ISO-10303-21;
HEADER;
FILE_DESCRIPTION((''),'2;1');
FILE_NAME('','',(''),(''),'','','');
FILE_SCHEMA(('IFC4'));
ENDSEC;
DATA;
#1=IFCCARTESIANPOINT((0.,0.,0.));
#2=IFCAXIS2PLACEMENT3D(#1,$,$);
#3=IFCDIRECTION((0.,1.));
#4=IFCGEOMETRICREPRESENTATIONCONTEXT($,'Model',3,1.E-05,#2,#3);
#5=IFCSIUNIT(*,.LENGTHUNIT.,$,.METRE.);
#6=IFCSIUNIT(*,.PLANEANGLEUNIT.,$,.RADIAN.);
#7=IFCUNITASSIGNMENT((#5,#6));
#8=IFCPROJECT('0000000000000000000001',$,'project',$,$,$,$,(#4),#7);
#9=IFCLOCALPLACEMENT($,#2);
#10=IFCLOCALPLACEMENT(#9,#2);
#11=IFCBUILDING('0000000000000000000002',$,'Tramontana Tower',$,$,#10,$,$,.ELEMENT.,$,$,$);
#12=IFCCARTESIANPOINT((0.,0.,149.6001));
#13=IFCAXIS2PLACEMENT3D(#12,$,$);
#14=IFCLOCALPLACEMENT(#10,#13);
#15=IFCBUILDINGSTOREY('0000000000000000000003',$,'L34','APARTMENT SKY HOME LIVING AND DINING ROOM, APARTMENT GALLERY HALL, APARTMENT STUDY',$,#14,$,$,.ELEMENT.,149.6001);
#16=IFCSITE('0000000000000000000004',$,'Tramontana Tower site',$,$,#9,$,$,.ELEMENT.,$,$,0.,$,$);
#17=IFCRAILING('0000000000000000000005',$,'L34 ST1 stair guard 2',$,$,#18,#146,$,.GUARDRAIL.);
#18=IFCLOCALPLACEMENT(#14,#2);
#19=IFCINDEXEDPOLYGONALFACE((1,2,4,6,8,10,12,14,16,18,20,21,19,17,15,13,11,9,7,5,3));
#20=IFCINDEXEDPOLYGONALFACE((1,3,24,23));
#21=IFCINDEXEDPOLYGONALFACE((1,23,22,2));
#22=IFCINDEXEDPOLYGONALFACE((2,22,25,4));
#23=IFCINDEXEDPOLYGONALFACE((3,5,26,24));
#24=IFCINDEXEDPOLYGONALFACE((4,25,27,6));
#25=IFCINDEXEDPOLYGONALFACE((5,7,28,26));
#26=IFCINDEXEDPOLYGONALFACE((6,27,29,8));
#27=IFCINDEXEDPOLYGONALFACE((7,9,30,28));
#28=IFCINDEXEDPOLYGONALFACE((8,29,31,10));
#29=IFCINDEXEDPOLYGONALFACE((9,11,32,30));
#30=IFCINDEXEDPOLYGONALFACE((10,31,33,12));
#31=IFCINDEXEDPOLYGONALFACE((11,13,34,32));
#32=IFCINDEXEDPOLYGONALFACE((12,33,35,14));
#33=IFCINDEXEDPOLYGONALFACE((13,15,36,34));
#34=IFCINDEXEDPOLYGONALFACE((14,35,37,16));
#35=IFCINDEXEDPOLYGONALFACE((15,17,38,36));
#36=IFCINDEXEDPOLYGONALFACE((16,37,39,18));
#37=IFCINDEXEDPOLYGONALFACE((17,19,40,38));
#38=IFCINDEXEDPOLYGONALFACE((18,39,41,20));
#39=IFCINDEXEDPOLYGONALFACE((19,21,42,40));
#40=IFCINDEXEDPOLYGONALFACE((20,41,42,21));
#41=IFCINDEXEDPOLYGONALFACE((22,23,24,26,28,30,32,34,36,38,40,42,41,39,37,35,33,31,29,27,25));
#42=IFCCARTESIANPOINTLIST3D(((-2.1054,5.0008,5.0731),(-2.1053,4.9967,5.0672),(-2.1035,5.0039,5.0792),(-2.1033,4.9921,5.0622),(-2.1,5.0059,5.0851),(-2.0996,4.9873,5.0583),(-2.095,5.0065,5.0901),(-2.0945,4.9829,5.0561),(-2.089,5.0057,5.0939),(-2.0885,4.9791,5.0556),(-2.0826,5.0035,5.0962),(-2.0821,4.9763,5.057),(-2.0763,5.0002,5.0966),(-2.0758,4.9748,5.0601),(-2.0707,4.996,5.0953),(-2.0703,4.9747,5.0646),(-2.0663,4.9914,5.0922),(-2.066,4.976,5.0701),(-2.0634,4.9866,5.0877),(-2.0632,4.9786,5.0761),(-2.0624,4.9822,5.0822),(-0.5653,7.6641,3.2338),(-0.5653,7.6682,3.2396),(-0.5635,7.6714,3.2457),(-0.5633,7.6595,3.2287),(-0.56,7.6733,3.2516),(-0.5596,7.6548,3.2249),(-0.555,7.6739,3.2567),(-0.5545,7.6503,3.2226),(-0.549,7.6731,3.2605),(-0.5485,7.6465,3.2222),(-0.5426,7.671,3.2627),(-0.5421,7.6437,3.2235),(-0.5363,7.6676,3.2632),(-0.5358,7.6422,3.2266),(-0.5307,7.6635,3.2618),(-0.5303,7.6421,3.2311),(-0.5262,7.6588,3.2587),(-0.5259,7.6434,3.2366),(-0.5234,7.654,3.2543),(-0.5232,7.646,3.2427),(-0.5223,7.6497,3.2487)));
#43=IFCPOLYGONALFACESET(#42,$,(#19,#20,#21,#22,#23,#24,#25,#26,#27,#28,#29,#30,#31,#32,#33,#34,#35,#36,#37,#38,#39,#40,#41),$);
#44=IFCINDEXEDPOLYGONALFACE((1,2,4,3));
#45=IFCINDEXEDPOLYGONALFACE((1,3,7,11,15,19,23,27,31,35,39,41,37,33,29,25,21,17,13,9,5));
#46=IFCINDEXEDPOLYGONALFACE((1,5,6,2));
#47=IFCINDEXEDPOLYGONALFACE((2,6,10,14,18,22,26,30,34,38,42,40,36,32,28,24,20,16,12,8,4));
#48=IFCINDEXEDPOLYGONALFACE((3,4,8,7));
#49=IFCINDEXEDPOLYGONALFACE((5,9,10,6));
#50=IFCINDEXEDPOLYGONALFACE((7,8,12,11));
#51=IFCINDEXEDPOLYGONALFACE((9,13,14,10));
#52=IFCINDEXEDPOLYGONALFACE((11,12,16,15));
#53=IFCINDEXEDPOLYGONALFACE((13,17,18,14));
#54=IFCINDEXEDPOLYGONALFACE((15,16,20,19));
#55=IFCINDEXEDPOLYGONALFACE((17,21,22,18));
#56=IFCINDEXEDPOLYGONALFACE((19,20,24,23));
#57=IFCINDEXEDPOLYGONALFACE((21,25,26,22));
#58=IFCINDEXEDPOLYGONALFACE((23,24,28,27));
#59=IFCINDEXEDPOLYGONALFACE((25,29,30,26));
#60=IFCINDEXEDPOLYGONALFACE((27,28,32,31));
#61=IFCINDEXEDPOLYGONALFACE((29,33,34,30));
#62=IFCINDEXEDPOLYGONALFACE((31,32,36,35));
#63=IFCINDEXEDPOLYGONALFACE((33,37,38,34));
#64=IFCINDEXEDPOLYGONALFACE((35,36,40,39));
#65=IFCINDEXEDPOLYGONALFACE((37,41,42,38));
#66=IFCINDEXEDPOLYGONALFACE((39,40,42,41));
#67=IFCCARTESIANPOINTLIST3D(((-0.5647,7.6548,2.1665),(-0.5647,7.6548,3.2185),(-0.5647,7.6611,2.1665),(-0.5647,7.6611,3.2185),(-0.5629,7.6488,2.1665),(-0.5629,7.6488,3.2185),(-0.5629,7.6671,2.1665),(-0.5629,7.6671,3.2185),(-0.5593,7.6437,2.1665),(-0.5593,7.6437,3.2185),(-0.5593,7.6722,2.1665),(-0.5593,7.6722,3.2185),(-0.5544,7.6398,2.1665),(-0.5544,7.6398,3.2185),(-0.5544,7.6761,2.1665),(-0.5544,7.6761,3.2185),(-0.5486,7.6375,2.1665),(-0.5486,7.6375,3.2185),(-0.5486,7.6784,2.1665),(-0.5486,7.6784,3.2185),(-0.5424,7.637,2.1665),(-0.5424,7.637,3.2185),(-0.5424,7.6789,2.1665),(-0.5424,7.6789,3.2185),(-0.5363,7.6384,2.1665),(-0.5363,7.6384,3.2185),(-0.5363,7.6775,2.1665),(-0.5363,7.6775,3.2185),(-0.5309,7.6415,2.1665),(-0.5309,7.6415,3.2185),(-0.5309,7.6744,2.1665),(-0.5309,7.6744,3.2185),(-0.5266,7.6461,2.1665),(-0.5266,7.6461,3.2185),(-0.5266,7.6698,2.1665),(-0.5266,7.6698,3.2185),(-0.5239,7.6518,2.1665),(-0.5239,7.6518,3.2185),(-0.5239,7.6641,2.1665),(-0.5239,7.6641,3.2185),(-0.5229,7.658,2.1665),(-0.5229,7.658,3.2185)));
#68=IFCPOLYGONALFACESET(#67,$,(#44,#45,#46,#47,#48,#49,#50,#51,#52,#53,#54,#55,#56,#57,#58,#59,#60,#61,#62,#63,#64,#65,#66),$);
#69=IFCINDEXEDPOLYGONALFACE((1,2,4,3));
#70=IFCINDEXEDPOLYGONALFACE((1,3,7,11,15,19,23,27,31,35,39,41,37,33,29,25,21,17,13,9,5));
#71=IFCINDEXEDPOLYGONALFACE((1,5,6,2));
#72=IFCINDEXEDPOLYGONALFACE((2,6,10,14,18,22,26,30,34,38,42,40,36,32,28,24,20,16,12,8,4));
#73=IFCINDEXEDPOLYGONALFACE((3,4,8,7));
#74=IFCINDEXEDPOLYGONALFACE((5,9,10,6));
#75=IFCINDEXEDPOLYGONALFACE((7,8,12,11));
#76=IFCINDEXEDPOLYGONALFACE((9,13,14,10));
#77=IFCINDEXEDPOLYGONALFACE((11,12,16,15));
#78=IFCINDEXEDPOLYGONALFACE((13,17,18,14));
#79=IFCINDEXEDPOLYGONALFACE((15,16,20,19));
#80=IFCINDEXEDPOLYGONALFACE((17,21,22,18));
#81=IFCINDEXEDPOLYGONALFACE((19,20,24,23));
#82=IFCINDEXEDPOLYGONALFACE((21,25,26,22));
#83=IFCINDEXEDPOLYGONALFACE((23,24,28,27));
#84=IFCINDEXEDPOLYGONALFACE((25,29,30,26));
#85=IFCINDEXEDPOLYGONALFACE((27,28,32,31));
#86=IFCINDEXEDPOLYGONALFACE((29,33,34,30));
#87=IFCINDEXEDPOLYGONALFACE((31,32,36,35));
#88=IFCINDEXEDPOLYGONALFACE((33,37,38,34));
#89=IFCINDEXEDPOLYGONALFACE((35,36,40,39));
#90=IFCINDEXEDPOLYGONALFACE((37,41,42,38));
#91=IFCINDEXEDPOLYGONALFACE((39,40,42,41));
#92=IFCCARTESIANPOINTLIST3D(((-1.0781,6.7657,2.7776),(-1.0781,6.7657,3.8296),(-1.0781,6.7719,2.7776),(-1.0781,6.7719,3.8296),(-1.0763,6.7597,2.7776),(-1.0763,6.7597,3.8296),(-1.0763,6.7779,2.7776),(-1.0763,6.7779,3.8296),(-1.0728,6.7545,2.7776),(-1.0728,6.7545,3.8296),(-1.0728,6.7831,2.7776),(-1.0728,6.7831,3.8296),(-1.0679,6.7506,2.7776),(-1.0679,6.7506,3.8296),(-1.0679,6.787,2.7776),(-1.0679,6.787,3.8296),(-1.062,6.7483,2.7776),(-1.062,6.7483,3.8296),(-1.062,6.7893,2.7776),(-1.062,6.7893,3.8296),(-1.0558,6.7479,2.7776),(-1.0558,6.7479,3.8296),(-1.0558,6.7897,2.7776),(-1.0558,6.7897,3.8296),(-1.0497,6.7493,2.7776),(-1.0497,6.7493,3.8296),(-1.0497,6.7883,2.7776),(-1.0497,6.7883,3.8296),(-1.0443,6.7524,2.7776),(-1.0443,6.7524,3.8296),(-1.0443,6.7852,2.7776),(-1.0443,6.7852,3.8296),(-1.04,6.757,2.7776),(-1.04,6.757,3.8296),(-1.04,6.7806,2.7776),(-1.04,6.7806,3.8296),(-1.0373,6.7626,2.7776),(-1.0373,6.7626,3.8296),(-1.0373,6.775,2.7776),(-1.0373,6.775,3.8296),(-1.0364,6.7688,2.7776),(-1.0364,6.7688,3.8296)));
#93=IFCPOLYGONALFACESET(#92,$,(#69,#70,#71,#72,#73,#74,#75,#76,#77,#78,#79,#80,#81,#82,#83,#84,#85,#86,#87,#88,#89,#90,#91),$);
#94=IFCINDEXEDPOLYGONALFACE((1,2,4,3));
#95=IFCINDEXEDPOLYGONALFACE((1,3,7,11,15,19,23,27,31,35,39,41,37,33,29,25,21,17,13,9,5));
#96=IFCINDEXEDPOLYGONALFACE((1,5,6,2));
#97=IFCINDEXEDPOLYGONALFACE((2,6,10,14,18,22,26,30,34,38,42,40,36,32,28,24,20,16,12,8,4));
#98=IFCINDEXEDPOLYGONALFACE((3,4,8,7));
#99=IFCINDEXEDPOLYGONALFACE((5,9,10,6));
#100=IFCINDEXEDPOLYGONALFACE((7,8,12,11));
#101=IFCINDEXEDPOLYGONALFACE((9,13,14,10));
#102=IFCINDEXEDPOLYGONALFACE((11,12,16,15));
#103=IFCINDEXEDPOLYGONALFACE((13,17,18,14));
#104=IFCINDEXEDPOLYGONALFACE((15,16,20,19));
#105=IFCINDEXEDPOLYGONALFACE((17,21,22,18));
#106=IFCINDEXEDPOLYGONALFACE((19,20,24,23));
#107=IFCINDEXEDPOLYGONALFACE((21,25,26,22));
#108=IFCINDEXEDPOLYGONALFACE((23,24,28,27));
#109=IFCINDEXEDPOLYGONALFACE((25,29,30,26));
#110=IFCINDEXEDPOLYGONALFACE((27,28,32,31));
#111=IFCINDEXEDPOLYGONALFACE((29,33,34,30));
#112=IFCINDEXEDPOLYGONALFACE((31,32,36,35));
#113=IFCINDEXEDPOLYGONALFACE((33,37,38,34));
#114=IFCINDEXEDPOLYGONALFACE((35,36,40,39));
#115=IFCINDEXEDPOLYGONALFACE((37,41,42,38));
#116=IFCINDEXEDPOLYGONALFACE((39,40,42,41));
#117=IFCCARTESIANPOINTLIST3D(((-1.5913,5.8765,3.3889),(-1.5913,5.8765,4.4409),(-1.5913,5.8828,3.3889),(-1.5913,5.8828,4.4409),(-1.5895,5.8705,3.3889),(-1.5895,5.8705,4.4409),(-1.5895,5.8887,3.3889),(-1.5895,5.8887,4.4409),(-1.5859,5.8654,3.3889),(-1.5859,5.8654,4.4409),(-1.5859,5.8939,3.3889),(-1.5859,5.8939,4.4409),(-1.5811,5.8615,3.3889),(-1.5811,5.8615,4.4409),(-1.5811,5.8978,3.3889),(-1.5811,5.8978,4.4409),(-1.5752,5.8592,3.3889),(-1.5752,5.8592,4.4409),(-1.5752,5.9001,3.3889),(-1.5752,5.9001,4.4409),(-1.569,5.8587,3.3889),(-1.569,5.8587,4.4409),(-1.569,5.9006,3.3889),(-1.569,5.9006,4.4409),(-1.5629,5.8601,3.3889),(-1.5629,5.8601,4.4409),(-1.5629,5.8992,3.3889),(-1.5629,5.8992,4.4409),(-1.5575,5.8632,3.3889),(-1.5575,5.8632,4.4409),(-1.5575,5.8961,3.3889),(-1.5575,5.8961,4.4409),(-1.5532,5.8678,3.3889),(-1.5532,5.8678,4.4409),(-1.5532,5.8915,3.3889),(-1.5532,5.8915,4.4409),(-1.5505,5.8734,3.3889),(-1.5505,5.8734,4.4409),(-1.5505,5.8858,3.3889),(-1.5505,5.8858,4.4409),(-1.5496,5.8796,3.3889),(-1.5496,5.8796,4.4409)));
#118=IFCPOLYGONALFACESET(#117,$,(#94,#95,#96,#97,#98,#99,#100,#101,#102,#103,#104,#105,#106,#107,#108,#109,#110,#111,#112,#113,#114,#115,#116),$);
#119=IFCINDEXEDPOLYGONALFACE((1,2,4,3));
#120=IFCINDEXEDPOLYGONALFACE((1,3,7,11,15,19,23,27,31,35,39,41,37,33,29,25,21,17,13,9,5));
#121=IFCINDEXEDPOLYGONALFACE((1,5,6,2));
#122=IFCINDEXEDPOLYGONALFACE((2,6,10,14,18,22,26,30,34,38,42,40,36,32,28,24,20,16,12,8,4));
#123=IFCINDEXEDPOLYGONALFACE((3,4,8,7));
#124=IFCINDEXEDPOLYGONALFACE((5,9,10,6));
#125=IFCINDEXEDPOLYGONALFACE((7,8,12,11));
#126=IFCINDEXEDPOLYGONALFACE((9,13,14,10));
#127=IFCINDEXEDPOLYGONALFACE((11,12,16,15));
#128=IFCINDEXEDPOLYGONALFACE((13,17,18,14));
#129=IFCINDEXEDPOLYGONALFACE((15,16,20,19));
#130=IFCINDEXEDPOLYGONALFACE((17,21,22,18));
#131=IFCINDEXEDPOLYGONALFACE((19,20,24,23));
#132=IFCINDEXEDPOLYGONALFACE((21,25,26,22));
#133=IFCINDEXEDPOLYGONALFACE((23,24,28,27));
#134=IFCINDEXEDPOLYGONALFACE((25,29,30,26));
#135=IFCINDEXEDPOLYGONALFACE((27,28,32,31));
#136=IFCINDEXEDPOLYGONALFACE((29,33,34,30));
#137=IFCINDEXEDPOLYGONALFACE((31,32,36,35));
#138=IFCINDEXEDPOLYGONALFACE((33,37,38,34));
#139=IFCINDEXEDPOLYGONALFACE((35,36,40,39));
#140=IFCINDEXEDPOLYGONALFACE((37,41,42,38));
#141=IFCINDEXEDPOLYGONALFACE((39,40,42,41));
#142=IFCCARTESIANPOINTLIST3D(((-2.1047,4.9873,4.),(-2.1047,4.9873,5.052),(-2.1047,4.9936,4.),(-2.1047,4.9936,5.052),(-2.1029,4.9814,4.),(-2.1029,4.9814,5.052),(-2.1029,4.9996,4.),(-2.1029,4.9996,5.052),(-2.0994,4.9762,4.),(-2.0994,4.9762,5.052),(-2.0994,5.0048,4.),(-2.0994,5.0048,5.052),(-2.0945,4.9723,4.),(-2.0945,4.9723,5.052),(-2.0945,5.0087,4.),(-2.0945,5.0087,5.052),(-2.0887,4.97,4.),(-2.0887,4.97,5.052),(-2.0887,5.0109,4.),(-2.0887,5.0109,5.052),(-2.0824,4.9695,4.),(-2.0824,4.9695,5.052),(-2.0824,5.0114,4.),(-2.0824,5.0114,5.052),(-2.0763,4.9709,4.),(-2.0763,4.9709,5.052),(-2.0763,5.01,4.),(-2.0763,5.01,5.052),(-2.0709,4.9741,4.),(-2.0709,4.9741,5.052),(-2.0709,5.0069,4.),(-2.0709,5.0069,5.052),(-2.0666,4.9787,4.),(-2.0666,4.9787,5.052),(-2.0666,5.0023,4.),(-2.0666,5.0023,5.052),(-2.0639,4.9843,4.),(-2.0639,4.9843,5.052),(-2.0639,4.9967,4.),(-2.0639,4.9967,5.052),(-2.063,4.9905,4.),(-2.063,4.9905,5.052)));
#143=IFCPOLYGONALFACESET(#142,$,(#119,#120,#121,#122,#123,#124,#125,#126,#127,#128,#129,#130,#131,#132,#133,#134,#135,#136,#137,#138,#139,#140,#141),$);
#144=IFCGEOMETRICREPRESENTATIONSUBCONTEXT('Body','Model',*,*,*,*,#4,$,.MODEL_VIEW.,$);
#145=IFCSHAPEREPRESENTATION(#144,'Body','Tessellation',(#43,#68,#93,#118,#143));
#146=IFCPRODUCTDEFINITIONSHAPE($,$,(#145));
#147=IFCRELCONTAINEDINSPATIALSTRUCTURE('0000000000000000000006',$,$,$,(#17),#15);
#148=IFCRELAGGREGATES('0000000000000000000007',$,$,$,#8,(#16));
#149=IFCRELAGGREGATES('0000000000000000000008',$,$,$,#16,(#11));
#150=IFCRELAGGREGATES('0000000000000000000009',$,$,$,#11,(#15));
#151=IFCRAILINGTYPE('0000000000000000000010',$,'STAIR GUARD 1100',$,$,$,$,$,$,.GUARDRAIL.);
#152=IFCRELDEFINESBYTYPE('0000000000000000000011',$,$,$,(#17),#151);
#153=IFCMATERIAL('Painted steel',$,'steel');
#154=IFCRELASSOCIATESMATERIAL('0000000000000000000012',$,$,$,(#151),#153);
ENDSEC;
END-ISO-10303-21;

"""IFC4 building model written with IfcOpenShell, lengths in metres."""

from ifc_helpers import new_model, si_unit, direction, frame, origin, origin_2d, place, context, subcontext, project, spatial, circle, extrude, material, type_object, element, save


model = new_model("IFC4")

# Units and contexts
model_context = context("Model", 3, precision=1e-05, world=origin(), true_north=direction((0.0, 1.0)))
body_context = subcontext(model_context, "Body", "Model", "MODEL_VIEW")
ifc_project = project(units=[si_unit("LENGTHUNIT", "METRE"), si_unit("PLANEANGLEUNIT", "RADIAN")], contexts=[model_context])

# Site, building, storey
site_placement = place(None, origin())
site = spatial("IfcSite", under=ifc_project, at=site_placement, Name="Tramontana Tower site", CompositionType="ELEMENT", RefElevation=0.0)
building_placement = place(site_placement, origin())
building = spatial("IfcBuilding", under=site, at=building_placement, Name="Tramontana Tower", CompositionType="ELEMENT")
storey_placement = place(building_placement, frame((0.0, 0.0, 149.6001)))
storey = spatial("IfcBuildingStorey", under=building, at=storey_placement, Name="L34", Description="APARTMENT SKY HOME LIVING AND DINING ROOM, APARTMENT GALLERY HALL, APARTMENT STUDY", CompositionType="ELEMENT", Elevation=149.6001)

# Railing
ifc_material_1 = material(Name="Painted steel", Category="steel")
railing_type_1 = type_object("IfcRailingType", Name="STAIR GUARD 1100", PredefinedType="GUARDRAIL", material=ifc_material_1)
railing_1_placement = place(storey_placement, frame((-0.5439, 7.658, 2.1665)))
element("IfcRailing", 1, at=railing_1_placement, inside=storey, type_object=railing_type_1, Name="L34 ST1 stair guard 2", PredefinedType="GUARDRAIL", context=body_context, shape_type="SweptSolid", body=[
    extrude(circle(Radius=0.0239, at=origin_2d()), frame((0.0, 0.0, 1.0762), z_axis=(-0.429634, -0.744164, 0.511502), x_axis=(0.86603, -0.499992, 0.0)), (0.0, 0.0, 1.0), 3.5845),
    extrude(circle(Radius=0.021, at=origin_2d()), origin(), (0.0, 0.0, 1.0), 1.052),
    extrude(circle(Radius=0.021, at=origin_2d()), frame((-0.5134, -0.8892, 0.6111)), (0.0, 0.0, 1.0), 1.052),
    extrude(circle(Radius=0.021, at=origin_2d()), frame((-1.0266, -1.7783, 1.2224)), (0.0, 0.0, 1.0), 1.052),
    extrude(circle(Radius=0.021, at=origin_2d()), frame((-1.54, -2.6675, 1.8335)), (0.0, 0.0, 1.0), 1.052),
])

save(model, "model.ifc")
